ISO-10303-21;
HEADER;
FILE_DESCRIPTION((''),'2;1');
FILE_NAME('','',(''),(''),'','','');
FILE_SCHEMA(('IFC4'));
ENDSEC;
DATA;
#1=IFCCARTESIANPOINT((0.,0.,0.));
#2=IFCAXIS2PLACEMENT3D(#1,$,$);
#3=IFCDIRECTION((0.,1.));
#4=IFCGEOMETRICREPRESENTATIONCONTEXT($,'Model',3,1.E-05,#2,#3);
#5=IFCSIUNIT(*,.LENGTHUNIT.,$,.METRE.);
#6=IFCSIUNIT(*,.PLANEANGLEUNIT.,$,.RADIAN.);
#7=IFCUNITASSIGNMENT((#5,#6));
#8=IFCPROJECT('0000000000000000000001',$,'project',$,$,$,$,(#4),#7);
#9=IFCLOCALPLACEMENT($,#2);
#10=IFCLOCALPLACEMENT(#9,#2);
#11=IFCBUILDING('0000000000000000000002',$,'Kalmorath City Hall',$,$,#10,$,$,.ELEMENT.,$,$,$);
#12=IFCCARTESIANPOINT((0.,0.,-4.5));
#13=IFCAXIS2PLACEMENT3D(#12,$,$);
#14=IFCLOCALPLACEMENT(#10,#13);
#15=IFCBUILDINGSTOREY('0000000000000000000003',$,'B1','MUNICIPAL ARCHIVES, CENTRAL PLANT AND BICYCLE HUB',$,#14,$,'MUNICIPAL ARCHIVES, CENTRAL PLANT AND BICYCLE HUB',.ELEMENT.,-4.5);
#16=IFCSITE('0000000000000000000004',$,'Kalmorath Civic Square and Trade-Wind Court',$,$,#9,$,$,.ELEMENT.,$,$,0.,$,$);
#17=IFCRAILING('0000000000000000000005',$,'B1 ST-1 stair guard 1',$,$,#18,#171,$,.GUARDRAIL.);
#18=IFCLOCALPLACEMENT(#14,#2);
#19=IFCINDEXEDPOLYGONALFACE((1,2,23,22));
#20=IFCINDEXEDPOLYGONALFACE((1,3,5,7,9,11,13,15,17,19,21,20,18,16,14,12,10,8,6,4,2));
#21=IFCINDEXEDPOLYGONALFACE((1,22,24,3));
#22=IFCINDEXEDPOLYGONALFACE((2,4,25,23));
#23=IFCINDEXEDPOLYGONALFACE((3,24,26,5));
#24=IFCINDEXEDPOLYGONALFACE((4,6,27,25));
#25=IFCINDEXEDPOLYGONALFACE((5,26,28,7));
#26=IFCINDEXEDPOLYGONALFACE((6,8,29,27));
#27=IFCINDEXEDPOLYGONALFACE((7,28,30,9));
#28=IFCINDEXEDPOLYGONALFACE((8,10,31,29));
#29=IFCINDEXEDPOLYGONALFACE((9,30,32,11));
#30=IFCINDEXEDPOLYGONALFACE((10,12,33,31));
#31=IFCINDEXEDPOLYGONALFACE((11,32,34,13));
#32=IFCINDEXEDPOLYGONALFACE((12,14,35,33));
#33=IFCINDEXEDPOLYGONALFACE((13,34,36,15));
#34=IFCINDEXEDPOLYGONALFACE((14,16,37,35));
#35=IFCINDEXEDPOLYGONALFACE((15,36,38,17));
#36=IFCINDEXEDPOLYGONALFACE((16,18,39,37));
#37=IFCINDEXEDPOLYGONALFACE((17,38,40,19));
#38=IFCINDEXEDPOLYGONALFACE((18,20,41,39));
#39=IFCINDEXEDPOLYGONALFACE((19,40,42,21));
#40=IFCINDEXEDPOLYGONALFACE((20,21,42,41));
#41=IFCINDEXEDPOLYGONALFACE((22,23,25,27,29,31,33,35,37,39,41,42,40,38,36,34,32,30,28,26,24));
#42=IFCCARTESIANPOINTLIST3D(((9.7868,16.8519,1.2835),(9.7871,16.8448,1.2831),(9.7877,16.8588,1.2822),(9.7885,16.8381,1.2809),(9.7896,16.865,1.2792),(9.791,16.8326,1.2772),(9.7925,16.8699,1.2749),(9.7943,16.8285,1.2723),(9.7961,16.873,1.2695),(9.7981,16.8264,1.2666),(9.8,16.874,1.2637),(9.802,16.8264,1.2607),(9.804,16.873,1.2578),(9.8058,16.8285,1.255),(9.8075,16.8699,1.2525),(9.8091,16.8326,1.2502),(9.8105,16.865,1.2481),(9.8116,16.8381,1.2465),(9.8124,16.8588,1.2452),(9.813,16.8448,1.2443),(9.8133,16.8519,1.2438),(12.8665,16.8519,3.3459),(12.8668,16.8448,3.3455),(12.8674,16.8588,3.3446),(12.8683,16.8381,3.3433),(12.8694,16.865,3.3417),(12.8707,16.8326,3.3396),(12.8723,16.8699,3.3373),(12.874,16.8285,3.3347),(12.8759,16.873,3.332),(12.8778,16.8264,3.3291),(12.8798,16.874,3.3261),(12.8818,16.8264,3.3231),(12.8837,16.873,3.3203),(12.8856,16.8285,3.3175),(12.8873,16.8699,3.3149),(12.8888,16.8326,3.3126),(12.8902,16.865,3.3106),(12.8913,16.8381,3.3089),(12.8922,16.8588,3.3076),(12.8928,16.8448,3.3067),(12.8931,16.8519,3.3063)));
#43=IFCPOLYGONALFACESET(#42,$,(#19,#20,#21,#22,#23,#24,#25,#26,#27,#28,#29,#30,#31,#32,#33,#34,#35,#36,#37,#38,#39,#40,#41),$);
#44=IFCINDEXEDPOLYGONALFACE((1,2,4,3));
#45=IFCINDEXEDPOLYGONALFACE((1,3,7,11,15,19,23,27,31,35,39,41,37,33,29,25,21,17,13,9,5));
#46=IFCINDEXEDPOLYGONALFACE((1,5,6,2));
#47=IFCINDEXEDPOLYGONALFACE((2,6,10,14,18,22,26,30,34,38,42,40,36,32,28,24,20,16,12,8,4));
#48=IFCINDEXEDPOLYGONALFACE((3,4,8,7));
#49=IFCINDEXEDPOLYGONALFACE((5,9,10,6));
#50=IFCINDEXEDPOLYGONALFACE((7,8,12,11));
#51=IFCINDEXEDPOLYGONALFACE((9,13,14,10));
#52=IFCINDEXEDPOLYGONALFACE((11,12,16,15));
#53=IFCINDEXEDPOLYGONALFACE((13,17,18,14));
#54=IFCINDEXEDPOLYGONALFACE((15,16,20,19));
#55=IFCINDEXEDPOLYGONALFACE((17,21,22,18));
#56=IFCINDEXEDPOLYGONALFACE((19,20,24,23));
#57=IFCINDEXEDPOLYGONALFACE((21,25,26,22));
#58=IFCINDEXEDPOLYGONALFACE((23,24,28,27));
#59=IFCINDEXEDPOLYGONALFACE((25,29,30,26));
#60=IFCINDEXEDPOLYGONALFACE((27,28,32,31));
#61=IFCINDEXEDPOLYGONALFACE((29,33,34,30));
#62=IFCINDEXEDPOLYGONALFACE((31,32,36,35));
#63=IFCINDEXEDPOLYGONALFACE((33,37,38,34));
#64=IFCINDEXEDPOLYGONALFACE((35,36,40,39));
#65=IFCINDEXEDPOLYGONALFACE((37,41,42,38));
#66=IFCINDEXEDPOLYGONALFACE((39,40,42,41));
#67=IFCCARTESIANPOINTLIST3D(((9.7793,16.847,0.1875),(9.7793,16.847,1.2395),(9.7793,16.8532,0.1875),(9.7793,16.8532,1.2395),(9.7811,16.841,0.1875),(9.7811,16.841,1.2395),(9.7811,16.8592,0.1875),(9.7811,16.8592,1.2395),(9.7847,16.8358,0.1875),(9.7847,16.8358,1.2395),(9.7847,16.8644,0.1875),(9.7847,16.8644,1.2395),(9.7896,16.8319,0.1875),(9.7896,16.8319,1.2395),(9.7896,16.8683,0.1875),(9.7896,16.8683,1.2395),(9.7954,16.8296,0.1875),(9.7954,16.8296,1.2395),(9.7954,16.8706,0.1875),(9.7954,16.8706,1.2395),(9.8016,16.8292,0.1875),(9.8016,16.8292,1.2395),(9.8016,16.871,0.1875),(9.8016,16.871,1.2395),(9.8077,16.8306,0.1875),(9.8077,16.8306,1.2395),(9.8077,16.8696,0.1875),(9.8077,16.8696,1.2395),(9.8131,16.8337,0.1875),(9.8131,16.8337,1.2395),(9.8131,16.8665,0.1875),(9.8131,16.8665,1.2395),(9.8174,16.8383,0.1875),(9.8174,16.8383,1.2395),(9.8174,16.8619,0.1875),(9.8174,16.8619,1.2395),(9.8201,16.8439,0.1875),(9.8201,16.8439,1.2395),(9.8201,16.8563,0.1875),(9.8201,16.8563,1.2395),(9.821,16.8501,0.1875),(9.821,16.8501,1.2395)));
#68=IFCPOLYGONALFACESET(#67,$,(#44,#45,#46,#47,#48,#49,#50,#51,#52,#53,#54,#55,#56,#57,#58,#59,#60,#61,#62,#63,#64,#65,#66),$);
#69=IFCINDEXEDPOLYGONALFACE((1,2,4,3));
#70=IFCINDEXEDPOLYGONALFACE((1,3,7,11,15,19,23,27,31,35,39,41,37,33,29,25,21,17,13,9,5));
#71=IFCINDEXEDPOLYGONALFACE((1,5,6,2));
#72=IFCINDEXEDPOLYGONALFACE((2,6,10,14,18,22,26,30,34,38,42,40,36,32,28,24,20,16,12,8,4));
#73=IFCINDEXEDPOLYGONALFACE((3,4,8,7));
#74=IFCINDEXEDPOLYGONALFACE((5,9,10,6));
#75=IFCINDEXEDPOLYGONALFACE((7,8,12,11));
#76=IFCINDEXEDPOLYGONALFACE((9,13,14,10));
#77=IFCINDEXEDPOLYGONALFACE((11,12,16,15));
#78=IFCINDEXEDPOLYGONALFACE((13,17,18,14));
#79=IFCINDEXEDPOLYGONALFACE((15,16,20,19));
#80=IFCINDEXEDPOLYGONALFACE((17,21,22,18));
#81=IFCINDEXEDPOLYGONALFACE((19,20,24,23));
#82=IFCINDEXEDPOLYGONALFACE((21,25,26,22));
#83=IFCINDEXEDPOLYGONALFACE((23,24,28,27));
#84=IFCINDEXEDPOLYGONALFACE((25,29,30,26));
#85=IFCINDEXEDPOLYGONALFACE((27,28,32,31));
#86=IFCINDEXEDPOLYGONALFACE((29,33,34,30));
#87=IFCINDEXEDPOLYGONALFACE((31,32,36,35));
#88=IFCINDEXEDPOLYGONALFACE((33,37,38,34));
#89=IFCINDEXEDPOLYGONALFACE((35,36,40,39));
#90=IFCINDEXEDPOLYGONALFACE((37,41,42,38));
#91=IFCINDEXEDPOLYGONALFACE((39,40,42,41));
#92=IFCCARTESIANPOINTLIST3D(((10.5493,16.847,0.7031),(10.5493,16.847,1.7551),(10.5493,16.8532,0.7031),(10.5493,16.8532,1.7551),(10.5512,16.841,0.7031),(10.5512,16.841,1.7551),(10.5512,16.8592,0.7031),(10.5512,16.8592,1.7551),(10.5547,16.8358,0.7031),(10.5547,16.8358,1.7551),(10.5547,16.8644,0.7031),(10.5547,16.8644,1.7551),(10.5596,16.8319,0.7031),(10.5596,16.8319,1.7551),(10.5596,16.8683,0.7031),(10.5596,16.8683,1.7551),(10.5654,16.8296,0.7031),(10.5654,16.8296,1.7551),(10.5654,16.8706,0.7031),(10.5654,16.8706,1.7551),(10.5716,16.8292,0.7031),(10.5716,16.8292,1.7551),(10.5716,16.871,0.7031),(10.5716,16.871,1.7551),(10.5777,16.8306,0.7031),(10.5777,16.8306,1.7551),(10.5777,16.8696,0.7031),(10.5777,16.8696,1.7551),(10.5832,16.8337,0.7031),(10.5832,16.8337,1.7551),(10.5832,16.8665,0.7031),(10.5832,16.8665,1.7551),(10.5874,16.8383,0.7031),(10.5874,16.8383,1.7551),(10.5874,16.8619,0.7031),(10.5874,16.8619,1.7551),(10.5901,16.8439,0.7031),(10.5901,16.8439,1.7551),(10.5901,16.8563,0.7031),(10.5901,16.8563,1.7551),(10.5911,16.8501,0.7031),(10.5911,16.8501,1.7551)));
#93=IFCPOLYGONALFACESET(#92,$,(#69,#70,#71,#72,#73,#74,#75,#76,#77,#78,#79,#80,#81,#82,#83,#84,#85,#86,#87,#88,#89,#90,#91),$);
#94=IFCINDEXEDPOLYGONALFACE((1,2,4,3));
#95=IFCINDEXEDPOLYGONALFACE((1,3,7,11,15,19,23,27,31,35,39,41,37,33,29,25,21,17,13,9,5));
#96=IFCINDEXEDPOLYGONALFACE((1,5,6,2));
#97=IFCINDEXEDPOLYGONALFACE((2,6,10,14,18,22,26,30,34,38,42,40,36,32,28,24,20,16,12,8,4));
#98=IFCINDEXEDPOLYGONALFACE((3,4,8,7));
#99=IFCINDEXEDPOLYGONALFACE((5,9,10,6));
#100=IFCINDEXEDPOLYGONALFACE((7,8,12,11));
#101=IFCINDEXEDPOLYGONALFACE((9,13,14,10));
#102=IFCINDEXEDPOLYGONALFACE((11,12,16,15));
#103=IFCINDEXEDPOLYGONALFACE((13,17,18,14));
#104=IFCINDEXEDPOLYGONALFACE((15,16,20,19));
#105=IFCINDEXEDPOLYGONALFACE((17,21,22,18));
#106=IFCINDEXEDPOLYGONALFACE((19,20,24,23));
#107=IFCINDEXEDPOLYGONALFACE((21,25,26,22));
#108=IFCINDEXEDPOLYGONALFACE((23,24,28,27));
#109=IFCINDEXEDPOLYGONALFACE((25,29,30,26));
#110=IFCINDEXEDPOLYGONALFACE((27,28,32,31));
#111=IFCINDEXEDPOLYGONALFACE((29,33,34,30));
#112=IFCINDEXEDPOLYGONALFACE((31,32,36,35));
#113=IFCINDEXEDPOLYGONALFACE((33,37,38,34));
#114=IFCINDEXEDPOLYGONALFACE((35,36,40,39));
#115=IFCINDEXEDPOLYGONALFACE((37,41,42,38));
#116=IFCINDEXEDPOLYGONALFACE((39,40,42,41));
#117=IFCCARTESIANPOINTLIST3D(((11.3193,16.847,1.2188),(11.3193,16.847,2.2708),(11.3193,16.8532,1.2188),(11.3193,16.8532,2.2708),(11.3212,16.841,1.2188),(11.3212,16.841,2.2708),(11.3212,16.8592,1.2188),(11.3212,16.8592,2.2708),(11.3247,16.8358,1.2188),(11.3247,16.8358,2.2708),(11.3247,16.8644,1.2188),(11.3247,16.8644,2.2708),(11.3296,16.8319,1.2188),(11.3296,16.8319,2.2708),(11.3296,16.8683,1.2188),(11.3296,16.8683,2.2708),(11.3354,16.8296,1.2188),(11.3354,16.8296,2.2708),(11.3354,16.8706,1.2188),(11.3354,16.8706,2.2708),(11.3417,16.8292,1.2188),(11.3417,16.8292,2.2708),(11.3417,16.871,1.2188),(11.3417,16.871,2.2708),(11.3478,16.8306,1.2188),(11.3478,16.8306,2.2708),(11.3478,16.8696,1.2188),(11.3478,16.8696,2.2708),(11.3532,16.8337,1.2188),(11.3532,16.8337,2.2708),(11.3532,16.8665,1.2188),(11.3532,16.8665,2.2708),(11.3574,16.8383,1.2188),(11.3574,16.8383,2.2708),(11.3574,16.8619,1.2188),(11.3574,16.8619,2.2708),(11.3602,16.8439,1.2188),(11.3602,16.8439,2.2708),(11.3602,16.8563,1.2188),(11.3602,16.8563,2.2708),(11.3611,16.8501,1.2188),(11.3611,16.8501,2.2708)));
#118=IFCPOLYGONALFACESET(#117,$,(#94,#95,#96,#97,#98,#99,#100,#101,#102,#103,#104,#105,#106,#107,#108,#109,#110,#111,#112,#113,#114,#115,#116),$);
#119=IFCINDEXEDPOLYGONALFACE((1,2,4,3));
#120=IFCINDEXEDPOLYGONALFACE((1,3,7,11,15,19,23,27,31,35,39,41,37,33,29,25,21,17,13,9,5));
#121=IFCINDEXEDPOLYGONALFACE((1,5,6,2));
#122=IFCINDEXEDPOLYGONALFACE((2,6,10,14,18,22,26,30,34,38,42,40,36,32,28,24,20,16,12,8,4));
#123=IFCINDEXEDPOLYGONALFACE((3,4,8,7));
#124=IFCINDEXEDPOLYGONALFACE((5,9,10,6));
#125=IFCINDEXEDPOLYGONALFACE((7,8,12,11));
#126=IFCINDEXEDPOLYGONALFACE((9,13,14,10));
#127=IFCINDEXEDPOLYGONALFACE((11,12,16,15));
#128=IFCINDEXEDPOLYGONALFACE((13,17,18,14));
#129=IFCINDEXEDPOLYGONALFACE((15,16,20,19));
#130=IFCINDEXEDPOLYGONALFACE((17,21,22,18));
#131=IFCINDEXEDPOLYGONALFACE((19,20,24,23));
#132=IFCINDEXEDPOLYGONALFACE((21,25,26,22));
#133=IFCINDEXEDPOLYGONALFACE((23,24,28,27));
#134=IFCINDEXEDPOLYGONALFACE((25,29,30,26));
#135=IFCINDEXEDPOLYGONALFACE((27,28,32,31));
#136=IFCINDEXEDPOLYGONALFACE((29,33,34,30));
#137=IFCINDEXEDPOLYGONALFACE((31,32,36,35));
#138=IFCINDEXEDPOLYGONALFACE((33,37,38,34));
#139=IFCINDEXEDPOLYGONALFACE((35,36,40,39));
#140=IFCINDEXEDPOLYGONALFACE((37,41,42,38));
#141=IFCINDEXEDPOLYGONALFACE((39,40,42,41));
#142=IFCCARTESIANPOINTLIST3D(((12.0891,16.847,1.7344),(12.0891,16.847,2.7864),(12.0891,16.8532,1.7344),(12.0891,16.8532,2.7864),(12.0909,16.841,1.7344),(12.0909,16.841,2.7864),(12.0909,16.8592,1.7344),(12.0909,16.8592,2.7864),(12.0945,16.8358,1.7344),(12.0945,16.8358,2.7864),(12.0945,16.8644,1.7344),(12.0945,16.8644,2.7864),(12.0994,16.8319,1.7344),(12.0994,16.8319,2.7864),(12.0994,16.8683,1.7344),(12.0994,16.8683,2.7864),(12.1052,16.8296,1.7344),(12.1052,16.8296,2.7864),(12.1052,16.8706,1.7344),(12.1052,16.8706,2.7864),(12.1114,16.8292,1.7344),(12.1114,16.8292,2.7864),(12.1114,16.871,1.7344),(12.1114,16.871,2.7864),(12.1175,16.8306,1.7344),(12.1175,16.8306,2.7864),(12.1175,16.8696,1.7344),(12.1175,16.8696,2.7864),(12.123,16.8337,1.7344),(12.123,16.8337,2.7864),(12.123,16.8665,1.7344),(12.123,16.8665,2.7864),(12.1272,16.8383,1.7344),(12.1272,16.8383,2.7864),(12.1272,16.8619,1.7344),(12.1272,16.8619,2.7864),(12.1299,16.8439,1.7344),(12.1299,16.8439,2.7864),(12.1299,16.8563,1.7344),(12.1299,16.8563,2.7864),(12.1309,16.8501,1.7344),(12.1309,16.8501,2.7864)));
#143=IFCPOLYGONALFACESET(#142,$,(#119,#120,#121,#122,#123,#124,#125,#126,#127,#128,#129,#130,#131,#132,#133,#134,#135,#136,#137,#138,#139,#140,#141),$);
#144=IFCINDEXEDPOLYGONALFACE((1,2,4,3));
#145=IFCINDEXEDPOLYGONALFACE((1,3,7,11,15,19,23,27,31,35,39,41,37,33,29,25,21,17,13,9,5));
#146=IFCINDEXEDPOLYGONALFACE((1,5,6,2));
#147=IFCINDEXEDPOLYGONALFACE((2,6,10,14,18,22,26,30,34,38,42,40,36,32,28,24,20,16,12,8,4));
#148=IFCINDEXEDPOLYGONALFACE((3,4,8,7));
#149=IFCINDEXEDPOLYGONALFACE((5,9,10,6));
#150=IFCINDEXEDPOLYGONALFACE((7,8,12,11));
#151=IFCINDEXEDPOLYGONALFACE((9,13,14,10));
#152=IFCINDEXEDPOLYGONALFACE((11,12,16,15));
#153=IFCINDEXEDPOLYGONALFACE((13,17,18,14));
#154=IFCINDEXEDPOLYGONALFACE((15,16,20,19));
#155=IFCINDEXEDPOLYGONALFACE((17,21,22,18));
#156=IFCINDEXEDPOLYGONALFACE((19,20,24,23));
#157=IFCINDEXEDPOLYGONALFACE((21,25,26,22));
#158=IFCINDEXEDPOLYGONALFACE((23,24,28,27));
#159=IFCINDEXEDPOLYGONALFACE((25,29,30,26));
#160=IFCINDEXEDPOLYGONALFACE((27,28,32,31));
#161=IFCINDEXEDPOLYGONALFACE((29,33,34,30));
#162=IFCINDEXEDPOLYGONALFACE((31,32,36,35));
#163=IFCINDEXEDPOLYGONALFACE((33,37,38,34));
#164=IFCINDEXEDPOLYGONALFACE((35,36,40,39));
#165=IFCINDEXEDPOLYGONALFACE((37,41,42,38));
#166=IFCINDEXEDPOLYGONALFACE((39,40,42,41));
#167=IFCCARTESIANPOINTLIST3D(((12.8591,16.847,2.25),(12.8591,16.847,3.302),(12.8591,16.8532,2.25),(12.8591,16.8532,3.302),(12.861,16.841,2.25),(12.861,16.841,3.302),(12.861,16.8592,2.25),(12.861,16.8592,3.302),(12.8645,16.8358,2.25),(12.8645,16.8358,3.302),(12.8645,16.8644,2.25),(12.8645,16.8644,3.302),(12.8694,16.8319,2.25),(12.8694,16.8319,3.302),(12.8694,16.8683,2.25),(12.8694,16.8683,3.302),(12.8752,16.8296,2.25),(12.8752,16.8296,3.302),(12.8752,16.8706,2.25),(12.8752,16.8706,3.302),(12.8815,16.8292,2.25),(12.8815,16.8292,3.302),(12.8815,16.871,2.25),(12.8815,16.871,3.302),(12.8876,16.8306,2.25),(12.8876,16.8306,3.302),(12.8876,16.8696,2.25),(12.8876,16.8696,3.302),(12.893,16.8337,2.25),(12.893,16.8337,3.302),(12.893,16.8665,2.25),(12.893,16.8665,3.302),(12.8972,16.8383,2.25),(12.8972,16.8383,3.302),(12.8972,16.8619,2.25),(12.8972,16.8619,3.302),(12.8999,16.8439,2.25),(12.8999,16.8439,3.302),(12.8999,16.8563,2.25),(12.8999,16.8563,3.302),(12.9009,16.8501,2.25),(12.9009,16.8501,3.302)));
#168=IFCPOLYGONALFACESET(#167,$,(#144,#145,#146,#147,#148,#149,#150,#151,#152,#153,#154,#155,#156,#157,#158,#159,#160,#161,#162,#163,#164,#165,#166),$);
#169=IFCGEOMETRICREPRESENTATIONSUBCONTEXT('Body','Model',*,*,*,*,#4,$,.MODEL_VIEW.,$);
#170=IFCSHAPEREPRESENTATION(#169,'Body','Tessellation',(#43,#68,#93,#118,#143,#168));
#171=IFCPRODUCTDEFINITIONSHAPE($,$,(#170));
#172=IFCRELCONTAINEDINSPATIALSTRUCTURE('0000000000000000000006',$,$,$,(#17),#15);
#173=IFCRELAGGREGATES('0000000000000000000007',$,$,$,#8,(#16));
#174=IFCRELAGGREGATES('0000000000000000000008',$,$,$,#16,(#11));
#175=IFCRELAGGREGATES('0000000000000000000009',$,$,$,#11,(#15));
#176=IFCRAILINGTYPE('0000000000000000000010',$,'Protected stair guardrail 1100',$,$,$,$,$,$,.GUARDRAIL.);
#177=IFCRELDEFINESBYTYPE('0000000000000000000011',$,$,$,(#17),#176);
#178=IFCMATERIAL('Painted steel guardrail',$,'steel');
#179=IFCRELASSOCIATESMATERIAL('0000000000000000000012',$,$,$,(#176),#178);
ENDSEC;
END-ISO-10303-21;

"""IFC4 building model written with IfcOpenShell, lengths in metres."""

from ifc_helpers import new_model, si_unit, direction, frame, origin, origin_2d, place, context, subcontext, project, spatial, circle, extrude, material, type_object, element, save


model = new_model("IFC4")

# Units and contexts
model_context = context("Model", 3, precision=1e-05, world=origin(), true_north=direction((0.0, 1.0)))
body_context = subcontext(model_context, "Body", "Model", "MODEL_VIEW")
ifc_project = project(units=[si_unit("LENGTHUNIT", "METRE"), si_unit("PLANEANGLEUNIT", "RADIAN")], contexts=[model_context])

# Site, building, storey
site_placement = place(None, origin())
site = spatial("IfcSite", under=ifc_project, at=site_placement, Name="Kalmorath Civic Square and Trade-Wind Court", CompositionType="ELEMENT", RefElevation=0.0)
building_placement = place(site_placement, origin())
building = spatial("IfcBuilding", under=site, at=building_placement, Name="Kalmorath City Hall", CompositionType="ELEMENT")
storey_placement = place(building_placement, frame((0.0, 0.0, -4.5)))
storey = spatial("IfcBuildingStorey", under=building, at=storey_placement, Name="B1", Description="MUNICIPAL ARCHIVES, CENTRAL PLANT AND BICYCLE HUB", LongName="MUNICIPAL ARCHIVES, CENTRAL PLANT AND BICYCLE HUB", CompositionType="ELEMENT", Elevation=-4.5)

# Railing
ifc_material_1 = material(Name="Painted steel guardrail", Category="steel")
railing_type_1 = type_object("IfcRailingType", Name="Protected stair guardrail 1100", PredefinedType="GUARDRAIL", material=ifc_material_1)
railing_1_placement = place(storey_placement, frame((9.8, 16.8501, 0.1875)))
element("IfcRailing", 1, at=railing_1_placement, inside=storey, type_object=railing_type_1, Name="B1 ST-1 stair guard 1", PredefinedType="GUARDRAIL", context=body_context, shape_type="SweptSolid", body=[
    extrude(circle(Radius=0.0239, at=origin_2d()), frame((0.0, 0.0, 1.0762), z_axis=(0.830893, 0.0, 0.556432), x_axis=(0.0, 1.0, 0.0)), (0.0, 0.0, 1.0), 3.7065),
    extrude(circle(Radius=0.021, at=origin_2d()), origin(), (0.0, 0.0, 1.0), 1.052),
    extrude(circle(Radius=0.021, at=origin_2d()), frame((0.77, 0.0, 0.5156)), (0.0, 0.0, 1.0), 1.052),
    extrude(circle(Radius=0.021, at=origin_2d()), frame((1.54, 0.0, 1.0312)), (0.0, 0.0, 1.0), 1.052),
    extrude(circle(Radius=0.021, at=origin_2d()), frame((2.3098, 0.0, 1.5469)), (0.0, 0.0, 1.0), 1.052),
    extrude(circle(Radius=0.021, at=origin_2d()), frame((3.0798, 0.0, 2.0625)), (0.0, 0.0, 1.0), 1.052),
])

save(model, "model.ifc")
